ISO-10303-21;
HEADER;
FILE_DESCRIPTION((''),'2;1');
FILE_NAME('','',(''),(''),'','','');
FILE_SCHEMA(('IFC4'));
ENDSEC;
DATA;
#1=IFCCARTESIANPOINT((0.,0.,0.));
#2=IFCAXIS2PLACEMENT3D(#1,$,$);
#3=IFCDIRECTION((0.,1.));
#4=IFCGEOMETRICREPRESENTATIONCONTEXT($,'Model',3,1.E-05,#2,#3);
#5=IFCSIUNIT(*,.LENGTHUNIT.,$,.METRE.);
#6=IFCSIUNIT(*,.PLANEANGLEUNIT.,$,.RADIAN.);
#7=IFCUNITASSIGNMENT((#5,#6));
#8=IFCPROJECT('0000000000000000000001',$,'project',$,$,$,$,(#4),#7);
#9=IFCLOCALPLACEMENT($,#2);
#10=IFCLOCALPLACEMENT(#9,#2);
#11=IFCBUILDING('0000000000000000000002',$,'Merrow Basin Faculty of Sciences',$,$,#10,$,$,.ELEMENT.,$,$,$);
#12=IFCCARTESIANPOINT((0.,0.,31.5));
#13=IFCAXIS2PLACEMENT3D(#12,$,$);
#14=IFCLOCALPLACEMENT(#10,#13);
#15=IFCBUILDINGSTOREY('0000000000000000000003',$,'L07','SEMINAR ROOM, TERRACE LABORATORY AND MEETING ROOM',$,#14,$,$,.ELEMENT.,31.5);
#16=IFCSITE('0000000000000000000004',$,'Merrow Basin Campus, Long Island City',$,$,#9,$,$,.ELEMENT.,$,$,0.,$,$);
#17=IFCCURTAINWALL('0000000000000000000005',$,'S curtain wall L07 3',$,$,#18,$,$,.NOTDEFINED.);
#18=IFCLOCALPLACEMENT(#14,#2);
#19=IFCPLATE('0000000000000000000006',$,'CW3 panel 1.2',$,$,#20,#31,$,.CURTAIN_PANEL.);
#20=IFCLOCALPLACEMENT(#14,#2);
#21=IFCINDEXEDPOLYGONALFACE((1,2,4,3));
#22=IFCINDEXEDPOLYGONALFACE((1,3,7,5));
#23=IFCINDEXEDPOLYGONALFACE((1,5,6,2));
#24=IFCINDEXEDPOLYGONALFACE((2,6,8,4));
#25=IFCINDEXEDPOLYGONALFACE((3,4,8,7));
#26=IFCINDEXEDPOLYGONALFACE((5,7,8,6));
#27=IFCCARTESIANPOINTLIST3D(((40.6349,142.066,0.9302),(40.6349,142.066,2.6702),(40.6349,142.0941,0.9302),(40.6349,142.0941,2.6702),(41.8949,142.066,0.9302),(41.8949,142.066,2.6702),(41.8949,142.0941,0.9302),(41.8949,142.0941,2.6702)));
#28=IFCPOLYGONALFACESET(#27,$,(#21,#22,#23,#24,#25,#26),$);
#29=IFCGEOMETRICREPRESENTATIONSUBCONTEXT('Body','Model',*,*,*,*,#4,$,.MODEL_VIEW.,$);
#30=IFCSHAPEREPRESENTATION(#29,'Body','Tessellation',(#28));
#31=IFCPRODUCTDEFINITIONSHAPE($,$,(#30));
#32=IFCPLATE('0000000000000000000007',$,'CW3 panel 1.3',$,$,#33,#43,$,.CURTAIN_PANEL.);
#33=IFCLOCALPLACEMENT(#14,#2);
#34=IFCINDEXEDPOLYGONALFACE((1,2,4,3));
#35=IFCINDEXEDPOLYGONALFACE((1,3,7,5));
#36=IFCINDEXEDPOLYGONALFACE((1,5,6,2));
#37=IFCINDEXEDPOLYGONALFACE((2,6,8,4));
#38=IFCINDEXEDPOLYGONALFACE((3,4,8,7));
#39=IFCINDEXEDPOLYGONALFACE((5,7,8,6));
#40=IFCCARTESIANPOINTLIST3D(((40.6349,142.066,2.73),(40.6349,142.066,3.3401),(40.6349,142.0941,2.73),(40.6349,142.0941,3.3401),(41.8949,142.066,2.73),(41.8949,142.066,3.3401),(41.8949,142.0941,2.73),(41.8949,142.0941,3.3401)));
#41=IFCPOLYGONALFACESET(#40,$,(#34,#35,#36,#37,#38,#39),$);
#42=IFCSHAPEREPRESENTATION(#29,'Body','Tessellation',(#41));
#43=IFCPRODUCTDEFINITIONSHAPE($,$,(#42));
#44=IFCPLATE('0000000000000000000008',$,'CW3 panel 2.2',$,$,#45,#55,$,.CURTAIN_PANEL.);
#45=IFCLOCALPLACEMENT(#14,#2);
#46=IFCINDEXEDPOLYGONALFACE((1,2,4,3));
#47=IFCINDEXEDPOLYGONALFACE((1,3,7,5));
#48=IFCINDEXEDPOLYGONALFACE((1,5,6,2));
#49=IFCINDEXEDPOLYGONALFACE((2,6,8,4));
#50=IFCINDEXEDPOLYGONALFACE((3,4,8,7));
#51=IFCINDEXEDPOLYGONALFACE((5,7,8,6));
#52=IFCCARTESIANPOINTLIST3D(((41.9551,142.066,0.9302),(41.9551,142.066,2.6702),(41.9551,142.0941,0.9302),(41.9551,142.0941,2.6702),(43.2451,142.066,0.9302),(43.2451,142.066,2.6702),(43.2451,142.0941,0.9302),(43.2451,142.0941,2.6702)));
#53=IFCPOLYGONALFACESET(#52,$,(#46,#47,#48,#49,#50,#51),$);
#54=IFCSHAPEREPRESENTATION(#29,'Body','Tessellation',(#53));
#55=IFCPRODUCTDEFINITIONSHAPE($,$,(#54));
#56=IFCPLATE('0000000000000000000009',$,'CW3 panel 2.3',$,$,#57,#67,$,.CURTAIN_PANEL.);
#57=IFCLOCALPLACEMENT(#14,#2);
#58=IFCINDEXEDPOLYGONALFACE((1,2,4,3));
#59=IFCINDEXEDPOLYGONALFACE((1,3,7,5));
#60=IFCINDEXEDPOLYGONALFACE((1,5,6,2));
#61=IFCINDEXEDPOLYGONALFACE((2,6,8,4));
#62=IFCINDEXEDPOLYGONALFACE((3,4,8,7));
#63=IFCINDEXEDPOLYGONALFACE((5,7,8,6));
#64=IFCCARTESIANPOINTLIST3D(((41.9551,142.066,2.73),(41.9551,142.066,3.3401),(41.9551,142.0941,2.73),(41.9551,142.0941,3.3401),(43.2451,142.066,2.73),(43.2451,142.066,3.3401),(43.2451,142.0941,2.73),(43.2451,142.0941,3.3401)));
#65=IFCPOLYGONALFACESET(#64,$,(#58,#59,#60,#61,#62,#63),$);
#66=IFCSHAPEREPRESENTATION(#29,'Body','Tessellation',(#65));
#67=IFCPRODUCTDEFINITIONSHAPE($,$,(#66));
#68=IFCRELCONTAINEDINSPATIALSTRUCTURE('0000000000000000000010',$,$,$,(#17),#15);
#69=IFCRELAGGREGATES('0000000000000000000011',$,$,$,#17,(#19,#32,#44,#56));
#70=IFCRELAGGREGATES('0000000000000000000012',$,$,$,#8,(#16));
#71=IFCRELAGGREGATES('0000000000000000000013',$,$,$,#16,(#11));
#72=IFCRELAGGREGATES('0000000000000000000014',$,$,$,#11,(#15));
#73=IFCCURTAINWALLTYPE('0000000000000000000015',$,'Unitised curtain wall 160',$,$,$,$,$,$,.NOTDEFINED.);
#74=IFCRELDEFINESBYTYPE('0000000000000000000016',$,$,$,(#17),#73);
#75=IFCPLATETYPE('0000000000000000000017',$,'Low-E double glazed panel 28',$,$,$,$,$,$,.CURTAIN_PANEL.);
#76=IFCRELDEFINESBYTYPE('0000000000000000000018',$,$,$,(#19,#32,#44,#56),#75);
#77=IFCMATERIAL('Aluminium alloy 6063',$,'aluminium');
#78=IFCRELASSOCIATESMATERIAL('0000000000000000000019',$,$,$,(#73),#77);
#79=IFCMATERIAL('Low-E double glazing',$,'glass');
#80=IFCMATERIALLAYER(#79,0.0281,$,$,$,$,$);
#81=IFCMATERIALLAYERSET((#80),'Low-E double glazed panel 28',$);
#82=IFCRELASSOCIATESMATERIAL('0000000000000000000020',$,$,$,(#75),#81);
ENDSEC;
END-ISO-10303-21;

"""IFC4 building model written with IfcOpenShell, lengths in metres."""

from ifc_helpers import new_model, si_unit, direction, frame, origin, origin_2d, place, context, subcontext, project, spatial, rectangle, extrude, material, layer, layer_set, type_object, element, aggregate, save


model = new_model("IFC4")

# Units and contexts
model_context = context("Model", 3, precision=1e-05, world=origin(), true_north=direction((0.0, 1.0)))
body_context = subcontext(model_context, "Body", "Model", "MODEL_VIEW")
ifc_project = project(units=[si_unit("LENGTHUNIT", "METRE"), si_unit("PLANEANGLEUNIT", "RADIAN")], contexts=[model_context])

# Site, building, storey
site_placement = place(None, origin())
site = spatial("IfcSite", under=ifc_project, at=site_placement, Name="Merrow Basin Campus, Long Island City", CompositionType="ELEMENT", RefElevation=0.0)
building_placement = place(site_placement, origin())
building = spatial("IfcBuilding", under=site, at=building_placement, Name="Merrow Basin Faculty of Sciences", CompositionType="ELEMENT")
storey_placement = place(building_placement, frame((0.0, 0.0, 31.5)))
storey = spatial("IfcBuildingStorey", under=building, at=storey_placement, Name="L07", Description="SEMINAR ROOM, TERRACE LABORATORY AND MEETING ROOM", CompositionType="ELEMENT", Elevation=31.5)

# Curtain wall
ifc_material_1 = material(Name="Aluminium alloy 6063", Category="aluminium")
curtain_wall_type = type_object("IfcCurtainWallType", Name="Unitised curtain wall 160", PredefinedType="NOTDEFINED", material=ifc_material_1)
curtain_wall_1_placement = place(storey_placement, origin())
curtain_wall_1 = element("IfcCurtainWall", 1, at=curtain_wall_1_placement, inside=storey, type_object=curtain_wall_type, Name="S curtain wall L07 3", PredefinedType="NOTDEFINED")

# Shared definitions
ifc_material_2 = material(Name="Low-E double glazing", Category="glass")
ifc_layer_1 = layer(ifc_material_2, 0.0281)
ifc_layer_set_1 = layer_set([ifc_layer_1], Name="Low-E double glazed panel 28")
plate_type_1 = type_object("IfcPlateType", Name="Low-E double glazed panel 28", PredefinedType="CURTAIN_PANEL", material=ifc_layer_set_1)

# Plates
plate_1_placement = place(storey_placement, frame((41.2649, 142.0801, 0.9302), z_axis=(0.0, 0.0, 1.0), x_axis=(1.0, 0.0, 0.0)))
plate_1 = element("IfcPlate", 2, at=plate_1_placement, type_object=plate_type_1, Name="CW3 panel 1.2", PredefinedType="CURTAIN_PANEL", context=body_context, shape_type="SweptSolid", body=[
    extrude(rectangle(XDim=1.26, YDim=0.0281, at=origin_2d()), origin(), (0.0, 0.0, 1.0), 1.74),
])
plate_2_placement = place(storey_placement, frame((41.2649, 142.0801, 2.73), z_axis=(0.0, 0.0, 1.0), x_axis=(1.0, 0.0, 0.0)))
plate_2 = element("IfcPlate", 3, at=plate_2_placement, type_object=plate_type_1, Name="CW3 panel 1.3", PredefinedType="CURTAIN_PANEL", context=body_context, shape_type="SweptSolid", body=[
    extrude(rectangle(XDim=1.26, YDim=0.0281, at=origin_2d()), origin(), (0.0, 0.0, 1.0), 0.6101),
])
plate_3_placement = place(storey_placement, frame((42.6001, 142.0801, 0.9302), z_axis=(0.0, 0.0, 1.0), x_axis=(1.0, 0.0, 0.0)))
plate_3 = element("IfcPlate", 4, at=plate_3_placement, type_object=plate_type_1, Name="CW3 panel 2.2", PredefinedType="CURTAIN_PANEL", context=body_context, shape_type="SweptSolid", body=[
    extrude(rectangle(XDim=1.29, YDim=0.0281, at=origin_2d()), origin(), (0.0, 0.0, 1.0), 1.74),
])
plate_4_placement = place(storey_placement, frame((42.6001, 142.0801, 2.73), z_axis=(0.0, 0.0, 1.0), x_axis=(1.0, 0.0, 0.0)))
plate_4 = element("IfcPlate", 5, at=plate_4_placement, type_object=plate_type_1, Name="CW3 panel 2.3", PredefinedType="CURTAIN_PANEL", context=body_context, shape_type="SweptSolid", body=[
    extrude(rectangle(XDim=1.29, YDim=0.0281, at=origin_2d()), origin(), (0.0, 0.0, 1.0), 0.6101),
])
aggregate(curtain_wall_1, [plate_1, plate_2, plate_3, plate_4])

save(model, "model.ifc")
